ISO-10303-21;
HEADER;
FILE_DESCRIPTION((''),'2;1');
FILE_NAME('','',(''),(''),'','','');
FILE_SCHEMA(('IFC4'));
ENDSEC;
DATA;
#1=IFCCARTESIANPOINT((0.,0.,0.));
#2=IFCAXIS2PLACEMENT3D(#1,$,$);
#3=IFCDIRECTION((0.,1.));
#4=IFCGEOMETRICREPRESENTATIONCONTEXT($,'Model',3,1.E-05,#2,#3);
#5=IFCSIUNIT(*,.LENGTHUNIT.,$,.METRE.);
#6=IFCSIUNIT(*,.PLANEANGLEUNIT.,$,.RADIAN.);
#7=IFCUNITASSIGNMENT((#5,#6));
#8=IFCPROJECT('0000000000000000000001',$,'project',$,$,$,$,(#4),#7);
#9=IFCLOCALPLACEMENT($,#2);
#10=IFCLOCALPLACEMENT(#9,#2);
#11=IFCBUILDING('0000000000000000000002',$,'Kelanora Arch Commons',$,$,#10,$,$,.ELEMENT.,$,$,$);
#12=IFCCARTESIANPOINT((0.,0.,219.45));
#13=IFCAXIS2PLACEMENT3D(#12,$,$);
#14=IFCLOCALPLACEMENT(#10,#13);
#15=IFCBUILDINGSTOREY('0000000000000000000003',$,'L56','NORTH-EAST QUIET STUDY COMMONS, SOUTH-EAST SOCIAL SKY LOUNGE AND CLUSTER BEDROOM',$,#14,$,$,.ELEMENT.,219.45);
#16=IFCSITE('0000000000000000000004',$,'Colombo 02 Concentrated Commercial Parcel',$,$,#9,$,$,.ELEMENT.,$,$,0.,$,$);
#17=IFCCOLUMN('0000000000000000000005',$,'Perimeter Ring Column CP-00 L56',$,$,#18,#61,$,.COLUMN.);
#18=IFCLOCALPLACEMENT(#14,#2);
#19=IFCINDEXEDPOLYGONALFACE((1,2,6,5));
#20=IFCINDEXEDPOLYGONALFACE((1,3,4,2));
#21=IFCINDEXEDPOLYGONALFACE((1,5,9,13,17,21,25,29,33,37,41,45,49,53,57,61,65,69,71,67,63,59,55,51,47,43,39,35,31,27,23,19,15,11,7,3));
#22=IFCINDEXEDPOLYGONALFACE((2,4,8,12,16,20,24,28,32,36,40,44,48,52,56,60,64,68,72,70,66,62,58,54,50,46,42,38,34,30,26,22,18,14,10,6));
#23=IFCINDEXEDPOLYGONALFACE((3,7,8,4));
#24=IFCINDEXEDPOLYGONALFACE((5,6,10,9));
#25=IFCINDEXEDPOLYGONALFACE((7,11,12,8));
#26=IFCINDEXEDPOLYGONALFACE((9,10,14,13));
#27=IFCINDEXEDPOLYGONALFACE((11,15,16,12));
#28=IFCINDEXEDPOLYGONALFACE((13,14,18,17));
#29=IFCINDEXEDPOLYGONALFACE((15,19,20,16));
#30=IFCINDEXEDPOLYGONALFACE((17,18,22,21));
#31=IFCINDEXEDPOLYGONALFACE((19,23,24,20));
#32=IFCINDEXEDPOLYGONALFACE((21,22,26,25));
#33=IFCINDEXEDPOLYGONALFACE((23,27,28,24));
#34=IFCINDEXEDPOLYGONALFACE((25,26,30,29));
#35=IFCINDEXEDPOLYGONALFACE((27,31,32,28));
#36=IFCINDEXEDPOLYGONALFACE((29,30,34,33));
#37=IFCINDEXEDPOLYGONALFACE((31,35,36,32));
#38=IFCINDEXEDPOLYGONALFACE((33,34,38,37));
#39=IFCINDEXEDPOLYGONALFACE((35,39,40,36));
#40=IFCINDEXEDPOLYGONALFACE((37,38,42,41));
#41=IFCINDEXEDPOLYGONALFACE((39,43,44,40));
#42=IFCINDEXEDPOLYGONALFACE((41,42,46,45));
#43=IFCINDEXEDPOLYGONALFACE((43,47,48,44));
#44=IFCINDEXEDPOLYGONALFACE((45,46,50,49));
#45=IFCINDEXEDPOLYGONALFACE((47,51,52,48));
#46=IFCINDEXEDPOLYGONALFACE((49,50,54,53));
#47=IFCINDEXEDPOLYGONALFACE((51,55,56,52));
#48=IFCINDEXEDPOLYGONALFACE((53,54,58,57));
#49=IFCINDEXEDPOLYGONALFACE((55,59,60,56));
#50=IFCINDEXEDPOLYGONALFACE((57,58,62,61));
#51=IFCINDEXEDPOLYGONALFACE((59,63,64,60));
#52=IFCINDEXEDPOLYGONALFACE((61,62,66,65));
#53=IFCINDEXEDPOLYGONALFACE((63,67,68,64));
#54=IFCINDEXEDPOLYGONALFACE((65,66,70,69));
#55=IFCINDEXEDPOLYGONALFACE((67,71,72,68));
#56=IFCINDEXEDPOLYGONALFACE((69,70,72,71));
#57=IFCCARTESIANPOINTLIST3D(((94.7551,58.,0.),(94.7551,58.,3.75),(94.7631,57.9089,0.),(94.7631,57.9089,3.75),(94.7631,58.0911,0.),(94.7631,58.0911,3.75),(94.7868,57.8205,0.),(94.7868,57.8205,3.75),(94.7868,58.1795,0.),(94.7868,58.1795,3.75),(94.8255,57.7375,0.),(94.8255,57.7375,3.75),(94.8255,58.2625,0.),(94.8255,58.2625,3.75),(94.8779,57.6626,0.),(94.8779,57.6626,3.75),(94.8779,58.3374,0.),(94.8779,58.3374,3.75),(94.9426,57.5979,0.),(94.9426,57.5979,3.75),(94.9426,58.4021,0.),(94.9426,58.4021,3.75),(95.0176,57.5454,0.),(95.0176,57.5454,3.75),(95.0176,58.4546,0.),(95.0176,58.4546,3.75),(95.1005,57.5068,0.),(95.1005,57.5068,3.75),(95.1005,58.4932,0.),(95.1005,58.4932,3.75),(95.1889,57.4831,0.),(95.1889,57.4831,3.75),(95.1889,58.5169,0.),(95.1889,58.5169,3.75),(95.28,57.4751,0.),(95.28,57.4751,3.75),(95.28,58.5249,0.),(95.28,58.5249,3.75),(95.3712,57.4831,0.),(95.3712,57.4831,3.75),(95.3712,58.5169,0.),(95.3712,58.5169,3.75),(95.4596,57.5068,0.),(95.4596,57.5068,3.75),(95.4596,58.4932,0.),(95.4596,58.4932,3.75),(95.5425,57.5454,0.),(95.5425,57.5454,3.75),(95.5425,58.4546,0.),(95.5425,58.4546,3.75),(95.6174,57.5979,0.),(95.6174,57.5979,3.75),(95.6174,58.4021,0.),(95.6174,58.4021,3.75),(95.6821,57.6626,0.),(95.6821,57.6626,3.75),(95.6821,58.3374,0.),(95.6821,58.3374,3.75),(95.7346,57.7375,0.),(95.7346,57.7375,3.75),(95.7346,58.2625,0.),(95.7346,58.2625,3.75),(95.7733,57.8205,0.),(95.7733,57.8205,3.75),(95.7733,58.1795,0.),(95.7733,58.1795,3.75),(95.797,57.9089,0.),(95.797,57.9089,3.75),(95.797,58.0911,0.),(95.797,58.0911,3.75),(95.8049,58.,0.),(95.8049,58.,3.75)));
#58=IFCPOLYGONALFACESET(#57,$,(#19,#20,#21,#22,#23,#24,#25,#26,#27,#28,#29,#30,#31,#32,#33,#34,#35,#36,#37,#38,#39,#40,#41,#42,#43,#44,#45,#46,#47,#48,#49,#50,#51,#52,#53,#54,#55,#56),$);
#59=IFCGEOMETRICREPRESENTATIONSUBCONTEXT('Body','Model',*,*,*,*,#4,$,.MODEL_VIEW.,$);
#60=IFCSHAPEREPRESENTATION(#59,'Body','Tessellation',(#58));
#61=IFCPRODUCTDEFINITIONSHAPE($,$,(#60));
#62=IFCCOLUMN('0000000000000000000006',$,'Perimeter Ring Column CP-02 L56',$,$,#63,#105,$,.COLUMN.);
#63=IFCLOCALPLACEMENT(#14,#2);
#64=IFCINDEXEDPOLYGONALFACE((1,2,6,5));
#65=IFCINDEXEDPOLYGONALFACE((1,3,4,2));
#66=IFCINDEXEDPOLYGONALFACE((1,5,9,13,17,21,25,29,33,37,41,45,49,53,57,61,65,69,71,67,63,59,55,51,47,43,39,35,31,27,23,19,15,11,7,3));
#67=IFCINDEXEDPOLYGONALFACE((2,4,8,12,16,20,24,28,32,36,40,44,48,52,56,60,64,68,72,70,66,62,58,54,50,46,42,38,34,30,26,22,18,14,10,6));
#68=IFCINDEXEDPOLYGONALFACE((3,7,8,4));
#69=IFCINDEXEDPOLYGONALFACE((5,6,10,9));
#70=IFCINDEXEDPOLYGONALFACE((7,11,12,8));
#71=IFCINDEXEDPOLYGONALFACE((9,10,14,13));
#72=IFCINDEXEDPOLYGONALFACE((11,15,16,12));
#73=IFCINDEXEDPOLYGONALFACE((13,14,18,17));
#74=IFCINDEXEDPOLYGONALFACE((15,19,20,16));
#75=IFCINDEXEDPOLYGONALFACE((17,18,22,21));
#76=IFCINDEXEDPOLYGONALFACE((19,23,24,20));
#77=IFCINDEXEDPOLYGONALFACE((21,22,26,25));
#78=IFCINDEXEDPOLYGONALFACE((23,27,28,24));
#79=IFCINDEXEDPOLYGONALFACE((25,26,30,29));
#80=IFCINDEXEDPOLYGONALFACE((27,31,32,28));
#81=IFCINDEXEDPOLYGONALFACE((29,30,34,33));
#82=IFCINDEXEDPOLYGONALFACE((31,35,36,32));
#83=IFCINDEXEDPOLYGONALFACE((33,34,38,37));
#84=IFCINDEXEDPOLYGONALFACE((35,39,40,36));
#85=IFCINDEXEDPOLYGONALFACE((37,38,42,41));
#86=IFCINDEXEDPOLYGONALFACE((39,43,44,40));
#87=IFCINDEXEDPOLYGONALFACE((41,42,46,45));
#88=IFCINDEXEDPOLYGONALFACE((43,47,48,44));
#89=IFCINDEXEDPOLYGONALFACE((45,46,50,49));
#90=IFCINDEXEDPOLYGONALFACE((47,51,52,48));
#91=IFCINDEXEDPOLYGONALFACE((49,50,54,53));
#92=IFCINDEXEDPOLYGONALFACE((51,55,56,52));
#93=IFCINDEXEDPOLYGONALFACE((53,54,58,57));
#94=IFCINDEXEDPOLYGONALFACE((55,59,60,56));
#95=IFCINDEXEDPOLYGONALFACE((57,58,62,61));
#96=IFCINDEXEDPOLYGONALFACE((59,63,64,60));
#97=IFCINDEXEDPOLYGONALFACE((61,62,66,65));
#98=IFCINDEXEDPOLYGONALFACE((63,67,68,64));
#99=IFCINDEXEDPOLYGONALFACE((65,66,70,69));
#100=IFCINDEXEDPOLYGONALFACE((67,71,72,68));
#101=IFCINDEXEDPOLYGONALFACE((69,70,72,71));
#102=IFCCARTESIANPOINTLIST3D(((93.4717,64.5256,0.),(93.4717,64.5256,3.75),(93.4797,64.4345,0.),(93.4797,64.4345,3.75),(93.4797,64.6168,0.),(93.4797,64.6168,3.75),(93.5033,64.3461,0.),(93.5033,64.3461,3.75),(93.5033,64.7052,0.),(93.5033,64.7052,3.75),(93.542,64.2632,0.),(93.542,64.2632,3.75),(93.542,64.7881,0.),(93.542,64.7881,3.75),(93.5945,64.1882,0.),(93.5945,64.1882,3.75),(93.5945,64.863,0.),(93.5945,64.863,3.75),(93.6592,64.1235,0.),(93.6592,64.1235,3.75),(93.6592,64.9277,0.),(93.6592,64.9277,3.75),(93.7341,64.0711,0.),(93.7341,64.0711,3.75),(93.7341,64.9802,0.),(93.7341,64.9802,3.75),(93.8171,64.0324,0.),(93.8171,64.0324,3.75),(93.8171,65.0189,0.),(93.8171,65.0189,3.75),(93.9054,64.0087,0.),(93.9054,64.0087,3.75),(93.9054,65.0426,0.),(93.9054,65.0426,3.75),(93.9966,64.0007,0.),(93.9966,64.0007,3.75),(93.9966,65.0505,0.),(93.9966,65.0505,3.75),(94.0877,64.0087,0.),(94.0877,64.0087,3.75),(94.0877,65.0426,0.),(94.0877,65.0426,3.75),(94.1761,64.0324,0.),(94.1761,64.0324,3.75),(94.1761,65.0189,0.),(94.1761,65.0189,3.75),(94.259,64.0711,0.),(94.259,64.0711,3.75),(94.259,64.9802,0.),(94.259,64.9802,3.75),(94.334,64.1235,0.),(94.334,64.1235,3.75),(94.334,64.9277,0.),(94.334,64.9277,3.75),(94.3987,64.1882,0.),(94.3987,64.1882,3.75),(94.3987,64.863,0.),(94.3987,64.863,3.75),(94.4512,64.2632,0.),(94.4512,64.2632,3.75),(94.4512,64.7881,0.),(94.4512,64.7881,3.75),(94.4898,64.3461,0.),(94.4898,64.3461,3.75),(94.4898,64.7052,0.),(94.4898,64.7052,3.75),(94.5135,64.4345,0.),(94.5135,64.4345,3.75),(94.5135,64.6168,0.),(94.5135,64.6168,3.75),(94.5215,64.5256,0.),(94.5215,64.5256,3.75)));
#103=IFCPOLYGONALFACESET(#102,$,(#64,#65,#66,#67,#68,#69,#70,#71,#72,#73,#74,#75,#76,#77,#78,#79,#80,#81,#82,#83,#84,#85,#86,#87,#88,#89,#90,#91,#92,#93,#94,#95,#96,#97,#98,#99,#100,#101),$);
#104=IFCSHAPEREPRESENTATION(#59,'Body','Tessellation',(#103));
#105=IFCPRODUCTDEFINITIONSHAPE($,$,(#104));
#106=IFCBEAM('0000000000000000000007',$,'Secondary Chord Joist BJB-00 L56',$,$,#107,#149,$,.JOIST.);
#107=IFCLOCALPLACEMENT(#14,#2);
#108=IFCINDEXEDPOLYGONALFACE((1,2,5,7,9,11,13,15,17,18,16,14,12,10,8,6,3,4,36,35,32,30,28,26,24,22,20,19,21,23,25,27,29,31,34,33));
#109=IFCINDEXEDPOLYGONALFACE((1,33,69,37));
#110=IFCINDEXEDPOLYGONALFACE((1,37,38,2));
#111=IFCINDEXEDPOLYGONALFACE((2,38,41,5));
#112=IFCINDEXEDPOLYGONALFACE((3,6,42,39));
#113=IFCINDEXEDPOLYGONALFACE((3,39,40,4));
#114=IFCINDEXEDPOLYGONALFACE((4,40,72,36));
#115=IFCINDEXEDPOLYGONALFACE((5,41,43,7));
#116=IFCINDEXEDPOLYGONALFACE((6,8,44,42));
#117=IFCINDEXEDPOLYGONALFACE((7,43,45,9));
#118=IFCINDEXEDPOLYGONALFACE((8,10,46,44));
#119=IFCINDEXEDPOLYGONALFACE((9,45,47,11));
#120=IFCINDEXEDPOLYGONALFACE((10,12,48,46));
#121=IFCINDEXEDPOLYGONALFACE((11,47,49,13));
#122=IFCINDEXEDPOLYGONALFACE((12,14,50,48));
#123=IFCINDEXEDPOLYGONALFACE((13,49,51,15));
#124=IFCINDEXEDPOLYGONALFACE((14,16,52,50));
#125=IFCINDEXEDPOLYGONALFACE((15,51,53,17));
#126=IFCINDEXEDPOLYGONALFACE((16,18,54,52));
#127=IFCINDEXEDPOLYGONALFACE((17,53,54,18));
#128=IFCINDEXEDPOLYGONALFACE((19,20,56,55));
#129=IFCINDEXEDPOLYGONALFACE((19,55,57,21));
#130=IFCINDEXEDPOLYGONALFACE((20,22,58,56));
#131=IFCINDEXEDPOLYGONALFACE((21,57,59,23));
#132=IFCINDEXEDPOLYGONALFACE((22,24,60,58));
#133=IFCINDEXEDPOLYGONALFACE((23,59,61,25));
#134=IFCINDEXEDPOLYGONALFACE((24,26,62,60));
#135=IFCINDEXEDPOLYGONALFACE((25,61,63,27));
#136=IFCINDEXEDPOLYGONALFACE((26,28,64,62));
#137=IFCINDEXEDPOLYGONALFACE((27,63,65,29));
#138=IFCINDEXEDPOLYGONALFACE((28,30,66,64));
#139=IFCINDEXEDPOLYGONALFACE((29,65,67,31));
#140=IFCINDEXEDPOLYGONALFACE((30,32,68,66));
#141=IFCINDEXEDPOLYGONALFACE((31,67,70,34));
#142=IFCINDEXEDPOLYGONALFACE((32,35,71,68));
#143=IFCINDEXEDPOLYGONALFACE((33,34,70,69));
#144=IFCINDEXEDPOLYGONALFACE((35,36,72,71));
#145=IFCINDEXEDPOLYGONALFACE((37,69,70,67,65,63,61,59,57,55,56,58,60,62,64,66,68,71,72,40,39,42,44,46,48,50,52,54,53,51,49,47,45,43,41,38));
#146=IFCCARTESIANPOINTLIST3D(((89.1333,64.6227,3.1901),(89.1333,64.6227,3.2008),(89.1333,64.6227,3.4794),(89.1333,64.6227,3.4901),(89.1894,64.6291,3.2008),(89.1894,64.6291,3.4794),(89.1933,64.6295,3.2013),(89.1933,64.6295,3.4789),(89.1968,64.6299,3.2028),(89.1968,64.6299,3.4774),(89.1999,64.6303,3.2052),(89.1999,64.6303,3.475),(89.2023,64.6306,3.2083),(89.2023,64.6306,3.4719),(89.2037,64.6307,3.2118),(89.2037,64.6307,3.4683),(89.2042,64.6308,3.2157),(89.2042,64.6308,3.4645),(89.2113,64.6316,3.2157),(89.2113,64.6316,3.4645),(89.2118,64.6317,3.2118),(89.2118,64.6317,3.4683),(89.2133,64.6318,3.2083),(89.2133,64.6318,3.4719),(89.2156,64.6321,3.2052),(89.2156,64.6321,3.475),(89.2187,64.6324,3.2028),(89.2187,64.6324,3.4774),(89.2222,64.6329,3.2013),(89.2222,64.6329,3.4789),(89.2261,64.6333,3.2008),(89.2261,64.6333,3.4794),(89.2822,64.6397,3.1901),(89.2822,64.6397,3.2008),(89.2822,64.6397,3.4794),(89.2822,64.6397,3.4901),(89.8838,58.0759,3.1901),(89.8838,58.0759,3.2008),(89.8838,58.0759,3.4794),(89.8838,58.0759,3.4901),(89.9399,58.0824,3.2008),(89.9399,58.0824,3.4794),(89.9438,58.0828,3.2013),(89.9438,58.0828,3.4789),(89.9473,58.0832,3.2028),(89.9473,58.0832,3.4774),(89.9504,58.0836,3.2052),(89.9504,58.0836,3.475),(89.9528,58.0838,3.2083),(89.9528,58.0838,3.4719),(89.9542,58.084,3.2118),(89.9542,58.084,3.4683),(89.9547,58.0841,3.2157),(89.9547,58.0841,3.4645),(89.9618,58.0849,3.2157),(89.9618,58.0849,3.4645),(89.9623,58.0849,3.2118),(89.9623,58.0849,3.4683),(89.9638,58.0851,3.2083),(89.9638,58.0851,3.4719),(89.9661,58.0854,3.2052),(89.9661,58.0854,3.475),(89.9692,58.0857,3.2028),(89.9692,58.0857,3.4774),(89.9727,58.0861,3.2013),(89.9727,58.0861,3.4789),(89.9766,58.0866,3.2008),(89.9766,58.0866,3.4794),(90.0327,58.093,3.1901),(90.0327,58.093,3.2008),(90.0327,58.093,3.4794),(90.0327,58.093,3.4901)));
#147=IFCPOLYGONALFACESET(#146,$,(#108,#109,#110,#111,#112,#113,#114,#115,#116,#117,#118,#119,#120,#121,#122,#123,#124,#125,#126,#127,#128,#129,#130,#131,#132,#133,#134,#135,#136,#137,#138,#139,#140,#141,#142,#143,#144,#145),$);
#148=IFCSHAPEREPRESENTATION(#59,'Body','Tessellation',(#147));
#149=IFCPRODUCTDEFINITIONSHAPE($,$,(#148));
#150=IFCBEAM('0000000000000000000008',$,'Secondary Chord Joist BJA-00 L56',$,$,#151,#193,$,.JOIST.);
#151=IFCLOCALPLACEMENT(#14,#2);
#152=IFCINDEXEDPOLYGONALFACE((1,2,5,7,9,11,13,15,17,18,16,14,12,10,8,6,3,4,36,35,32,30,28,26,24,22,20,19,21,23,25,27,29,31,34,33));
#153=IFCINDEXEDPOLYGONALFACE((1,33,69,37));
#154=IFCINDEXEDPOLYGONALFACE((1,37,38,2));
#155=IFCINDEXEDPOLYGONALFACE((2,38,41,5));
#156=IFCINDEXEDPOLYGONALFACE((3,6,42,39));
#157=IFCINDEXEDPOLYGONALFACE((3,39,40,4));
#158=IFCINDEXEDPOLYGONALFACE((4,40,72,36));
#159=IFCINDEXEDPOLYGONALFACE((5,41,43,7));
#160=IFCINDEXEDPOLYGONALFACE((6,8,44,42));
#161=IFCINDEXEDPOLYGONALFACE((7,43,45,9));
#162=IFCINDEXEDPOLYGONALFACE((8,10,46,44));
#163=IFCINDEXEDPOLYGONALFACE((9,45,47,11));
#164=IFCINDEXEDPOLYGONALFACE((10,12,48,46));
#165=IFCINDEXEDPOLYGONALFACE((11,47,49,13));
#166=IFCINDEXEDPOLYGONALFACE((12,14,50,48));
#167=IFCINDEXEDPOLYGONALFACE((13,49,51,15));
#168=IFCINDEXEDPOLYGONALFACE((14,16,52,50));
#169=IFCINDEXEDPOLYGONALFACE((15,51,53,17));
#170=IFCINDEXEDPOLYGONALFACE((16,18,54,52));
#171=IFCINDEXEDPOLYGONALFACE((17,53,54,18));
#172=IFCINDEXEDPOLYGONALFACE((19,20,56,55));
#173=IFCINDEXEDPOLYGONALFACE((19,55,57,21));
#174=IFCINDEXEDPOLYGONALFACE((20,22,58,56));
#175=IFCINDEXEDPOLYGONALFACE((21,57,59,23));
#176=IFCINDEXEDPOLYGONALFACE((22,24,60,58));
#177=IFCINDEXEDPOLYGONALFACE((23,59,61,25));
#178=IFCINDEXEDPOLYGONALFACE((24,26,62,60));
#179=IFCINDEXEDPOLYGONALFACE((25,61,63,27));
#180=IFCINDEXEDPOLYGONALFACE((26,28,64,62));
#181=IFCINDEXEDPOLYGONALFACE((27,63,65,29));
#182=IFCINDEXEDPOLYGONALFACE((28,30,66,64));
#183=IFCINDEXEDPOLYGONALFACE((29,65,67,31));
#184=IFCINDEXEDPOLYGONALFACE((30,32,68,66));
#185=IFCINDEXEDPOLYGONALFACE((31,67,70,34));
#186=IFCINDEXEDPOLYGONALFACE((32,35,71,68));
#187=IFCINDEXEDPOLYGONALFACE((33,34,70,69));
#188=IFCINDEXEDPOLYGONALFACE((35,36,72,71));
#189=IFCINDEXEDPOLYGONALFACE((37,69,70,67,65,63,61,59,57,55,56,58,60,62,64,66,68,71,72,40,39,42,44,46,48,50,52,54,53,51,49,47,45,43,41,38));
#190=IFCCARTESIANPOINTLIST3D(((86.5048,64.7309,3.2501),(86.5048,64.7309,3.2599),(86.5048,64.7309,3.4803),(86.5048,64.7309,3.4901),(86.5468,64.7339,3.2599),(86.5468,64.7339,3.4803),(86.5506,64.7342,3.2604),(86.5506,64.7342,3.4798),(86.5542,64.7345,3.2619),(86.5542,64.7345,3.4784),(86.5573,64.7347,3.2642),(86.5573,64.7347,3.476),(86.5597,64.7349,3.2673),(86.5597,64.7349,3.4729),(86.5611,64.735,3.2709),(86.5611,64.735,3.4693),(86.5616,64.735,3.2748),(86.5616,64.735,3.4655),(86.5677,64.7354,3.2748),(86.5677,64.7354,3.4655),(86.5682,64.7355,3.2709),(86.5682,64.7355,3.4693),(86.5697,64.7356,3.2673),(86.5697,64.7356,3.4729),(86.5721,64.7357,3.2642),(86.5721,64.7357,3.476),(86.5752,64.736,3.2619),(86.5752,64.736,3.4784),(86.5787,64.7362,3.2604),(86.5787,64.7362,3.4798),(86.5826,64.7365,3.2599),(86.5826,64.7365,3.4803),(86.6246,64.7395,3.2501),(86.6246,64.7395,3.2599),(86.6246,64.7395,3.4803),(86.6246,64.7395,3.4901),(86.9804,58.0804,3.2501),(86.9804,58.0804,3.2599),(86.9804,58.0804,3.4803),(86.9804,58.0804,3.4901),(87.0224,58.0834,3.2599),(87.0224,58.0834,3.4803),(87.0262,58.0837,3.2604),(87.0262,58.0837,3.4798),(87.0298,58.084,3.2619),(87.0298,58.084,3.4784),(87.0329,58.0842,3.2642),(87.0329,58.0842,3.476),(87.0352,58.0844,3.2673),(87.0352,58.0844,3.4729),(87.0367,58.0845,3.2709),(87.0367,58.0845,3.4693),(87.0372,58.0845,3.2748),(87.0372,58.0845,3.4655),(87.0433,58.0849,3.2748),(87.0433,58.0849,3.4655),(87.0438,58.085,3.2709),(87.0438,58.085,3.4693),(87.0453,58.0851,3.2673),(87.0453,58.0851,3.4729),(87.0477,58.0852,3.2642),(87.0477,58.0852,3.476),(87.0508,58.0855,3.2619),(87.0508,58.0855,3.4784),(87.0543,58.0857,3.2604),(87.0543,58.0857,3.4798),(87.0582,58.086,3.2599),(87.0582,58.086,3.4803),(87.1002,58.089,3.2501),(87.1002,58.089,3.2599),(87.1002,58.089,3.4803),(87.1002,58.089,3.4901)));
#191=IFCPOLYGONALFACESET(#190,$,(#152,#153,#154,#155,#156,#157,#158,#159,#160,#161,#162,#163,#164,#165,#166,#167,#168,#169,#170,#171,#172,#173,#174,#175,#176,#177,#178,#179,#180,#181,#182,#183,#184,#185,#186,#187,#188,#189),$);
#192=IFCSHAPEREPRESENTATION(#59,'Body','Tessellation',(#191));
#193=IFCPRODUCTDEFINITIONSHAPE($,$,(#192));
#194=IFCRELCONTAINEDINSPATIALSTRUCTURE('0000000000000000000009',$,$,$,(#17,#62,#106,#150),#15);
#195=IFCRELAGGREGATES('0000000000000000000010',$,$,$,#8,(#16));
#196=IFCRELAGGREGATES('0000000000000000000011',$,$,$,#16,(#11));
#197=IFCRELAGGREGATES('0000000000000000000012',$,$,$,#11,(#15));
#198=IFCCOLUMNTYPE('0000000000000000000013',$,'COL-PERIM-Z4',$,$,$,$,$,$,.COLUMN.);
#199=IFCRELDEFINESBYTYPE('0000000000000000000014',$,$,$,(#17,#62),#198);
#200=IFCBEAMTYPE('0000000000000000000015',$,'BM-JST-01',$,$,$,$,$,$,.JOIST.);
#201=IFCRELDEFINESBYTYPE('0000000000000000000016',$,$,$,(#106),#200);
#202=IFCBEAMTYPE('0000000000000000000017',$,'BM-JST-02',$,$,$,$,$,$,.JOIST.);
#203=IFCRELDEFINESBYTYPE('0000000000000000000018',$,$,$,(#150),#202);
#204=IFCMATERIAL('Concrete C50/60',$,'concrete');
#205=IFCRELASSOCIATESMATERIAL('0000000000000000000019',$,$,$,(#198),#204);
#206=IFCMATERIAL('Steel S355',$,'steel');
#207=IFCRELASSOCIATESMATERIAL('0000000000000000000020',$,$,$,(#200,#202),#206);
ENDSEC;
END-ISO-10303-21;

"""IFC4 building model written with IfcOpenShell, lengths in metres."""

from ifc_helpers import new_model, si_unit, direction, frame, origin, origin_2d, place, context, subcontext, project, spatial, circle, i_section, extrude, material, material_profile, profile_set, type_object, element, save


model = new_model("IFC4")

# Units and contexts
model_context = context("Model", 3, precision=1e-05, world=origin(), true_north=direction((0.0, 1.0)))
body_context = subcontext(model_context, "Body", "Model", "MODEL_VIEW")
ifc_project = project(units=[si_unit("LENGTHUNIT", "METRE"), si_unit("PLANEANGLEUNIT", "RADIAN")], contexts=[model_context])

# Site, building, storey
site_placement = place(None, origin())
site = spatial("IfcSite", under=ifc_project, at=site_placement, Name="Colombo 02 Concentrated Commercial Parcel", CompositionType="ELEMENT", RefElevation=0.0)
building_placement = place(site_placement, origin())
building = spatial("IfcBuilding", under=site, at=building_placement, Name="Kelanora Arch Commons", CompositionType="ELEMENT")
storey_placement = place(building_placement, frame((0.0, 0.0, 219.45)))
storey = spatial("IfcBuildingStorey", under=building, at=storey_placement, Name="L56", Description="NORTH-EAST QUIET STUDY COMMONS, SOUTH-EAST SOCIAL SKY LOUNGE AND CLUSTER BEDROOM", CompositionType="ELEMENT", Elevation=219.45)

# Columns
ifc_material_1 = material(Name="Concrete C50/60", Category="concrete")
ifc_material_profile_1 = material_profile(ifc_material_1, circle(Radius=0.5249, at=origin_2d()), Name="RCC1050")
ifc_profile_set_1 = profile_set([ifc_material_profile_1], Name="Concrete C50/60")
column_type = type_object("IfcColumnType", Name="COL-PERIM-Z4", PredefinedType="COLUMN", material=ifc_profile_set_1)
for number, where, z_axis, x_axis, name in (
    (1, (95.28, 58.0, 0.0), (0.0, 0.0, 1.0), (1.0, 0.0, 0.0), "Perimeter Ring Column CP-00 L56"),
    (2, (93.9966, 64.5256, 0.0), (0.0, 0.0, 1.0), (1.0, 0.0, 0.0), "Perimeter Ring Column CP-02 L56"),
):
    element("IfcColumn", number, at=place(storey_placement, frame(where, z_axis=z_axis, x_axis=x_axis)), inside=storey, type_object=column_type, Name=name, PredefinedType="COLUMN", context=body_context, shape_type="SweptSolid", body=[
        extrude(circle(Radius=0.5249, at=origin_2d()), origin(), (0.0, 0.0, 1.0), 3.75),
    ])

# Beams
ifc_material_2 = material(Name="Steel S355", Category="steel")
ifc_material_profile_2 = material_profile(ifc_material_2, i_section(OverallWidth=0.1499, OverallDepth=0.3, WebThickness=0.0071, FlangeThickness=0.0107, FilletRadius=0.0149, at=origin_2d()), Name="IPE300")
ifc_profile_set_2 = profile_set([ifc_material_profile_2], Name="Steel S355")
beam_type_1 = type_object("IfcBeamType", Name="BM-JST-01", PredefinedType="JOIST", material=ifc_profile_set_2)
beam_1_placement = place(storey_placement, frame((89.9583, 58.0845, 3.3401), z_axis=(-0.113891, 0.993493, 0.0), x_axis=(-0.993493, -0.113891, 0.0)))
element("IfcBeam", 3, at=beam_1_placement, inside=storey, type_object=beam_type_1, Name="Secondary Chord Joist BJB-00 L56", PredefinedType="JOIST", context=body_context, shape_type="SweptSolid", body=[
    extrude(i_section(OverallWidth=0.1499, OverallDepth=0.3, WebThickness=0.0071, FlangeThickness=0.0107, FilletRadius=0.0149, at=origin_2d()), origin(), (0.0, 0.0, 1.0), 6.5896),
])
ifc_material_profile_3 = material_profile(ifc_material_2, i_section(OverallWidth=0.1201, OverallDepth=0.24, WebThickness=0.0061, FlangeThickness=0.0098, FilletRadius=0.0149, at=origin_2d()), Name="IPE240")
ifc_profile_set_3 = profile_set([ifc_material_profile_3], Name="Steel S355")
beam_type_2 = type_object("IfcBeamType", Name="BM-JST-02", PredefinedType="JOIST", material=ifc_profile_set_3)
beam_2_placement = place(storey_placement, frame((87.0403, 58.0847, 3.3701), z_axis=(-0.07133, 0.997453, 0.0), x_axis=(-0.997453, -0.07133, 0.0)))
element("IfcBeam", 4, at=beam_2_placement, inside=storey, type_object=beam_type_2, Name="Secondary Chord Joist BJA-00 L56", PredefinedType="JOIST", context=body_context, shape_type="SweptSolid", body=[
    extrude(i_section(OverallWidth=0.1201, OverallDepth=0.24, WebThickness=0.0061, FlangeThickness=0.0098, FilletRadius=0.0149, at=origin_2d()), origin(), (0.0, 0.0, 1.0), 6.6675),
])

save(model, "model.ifc")
